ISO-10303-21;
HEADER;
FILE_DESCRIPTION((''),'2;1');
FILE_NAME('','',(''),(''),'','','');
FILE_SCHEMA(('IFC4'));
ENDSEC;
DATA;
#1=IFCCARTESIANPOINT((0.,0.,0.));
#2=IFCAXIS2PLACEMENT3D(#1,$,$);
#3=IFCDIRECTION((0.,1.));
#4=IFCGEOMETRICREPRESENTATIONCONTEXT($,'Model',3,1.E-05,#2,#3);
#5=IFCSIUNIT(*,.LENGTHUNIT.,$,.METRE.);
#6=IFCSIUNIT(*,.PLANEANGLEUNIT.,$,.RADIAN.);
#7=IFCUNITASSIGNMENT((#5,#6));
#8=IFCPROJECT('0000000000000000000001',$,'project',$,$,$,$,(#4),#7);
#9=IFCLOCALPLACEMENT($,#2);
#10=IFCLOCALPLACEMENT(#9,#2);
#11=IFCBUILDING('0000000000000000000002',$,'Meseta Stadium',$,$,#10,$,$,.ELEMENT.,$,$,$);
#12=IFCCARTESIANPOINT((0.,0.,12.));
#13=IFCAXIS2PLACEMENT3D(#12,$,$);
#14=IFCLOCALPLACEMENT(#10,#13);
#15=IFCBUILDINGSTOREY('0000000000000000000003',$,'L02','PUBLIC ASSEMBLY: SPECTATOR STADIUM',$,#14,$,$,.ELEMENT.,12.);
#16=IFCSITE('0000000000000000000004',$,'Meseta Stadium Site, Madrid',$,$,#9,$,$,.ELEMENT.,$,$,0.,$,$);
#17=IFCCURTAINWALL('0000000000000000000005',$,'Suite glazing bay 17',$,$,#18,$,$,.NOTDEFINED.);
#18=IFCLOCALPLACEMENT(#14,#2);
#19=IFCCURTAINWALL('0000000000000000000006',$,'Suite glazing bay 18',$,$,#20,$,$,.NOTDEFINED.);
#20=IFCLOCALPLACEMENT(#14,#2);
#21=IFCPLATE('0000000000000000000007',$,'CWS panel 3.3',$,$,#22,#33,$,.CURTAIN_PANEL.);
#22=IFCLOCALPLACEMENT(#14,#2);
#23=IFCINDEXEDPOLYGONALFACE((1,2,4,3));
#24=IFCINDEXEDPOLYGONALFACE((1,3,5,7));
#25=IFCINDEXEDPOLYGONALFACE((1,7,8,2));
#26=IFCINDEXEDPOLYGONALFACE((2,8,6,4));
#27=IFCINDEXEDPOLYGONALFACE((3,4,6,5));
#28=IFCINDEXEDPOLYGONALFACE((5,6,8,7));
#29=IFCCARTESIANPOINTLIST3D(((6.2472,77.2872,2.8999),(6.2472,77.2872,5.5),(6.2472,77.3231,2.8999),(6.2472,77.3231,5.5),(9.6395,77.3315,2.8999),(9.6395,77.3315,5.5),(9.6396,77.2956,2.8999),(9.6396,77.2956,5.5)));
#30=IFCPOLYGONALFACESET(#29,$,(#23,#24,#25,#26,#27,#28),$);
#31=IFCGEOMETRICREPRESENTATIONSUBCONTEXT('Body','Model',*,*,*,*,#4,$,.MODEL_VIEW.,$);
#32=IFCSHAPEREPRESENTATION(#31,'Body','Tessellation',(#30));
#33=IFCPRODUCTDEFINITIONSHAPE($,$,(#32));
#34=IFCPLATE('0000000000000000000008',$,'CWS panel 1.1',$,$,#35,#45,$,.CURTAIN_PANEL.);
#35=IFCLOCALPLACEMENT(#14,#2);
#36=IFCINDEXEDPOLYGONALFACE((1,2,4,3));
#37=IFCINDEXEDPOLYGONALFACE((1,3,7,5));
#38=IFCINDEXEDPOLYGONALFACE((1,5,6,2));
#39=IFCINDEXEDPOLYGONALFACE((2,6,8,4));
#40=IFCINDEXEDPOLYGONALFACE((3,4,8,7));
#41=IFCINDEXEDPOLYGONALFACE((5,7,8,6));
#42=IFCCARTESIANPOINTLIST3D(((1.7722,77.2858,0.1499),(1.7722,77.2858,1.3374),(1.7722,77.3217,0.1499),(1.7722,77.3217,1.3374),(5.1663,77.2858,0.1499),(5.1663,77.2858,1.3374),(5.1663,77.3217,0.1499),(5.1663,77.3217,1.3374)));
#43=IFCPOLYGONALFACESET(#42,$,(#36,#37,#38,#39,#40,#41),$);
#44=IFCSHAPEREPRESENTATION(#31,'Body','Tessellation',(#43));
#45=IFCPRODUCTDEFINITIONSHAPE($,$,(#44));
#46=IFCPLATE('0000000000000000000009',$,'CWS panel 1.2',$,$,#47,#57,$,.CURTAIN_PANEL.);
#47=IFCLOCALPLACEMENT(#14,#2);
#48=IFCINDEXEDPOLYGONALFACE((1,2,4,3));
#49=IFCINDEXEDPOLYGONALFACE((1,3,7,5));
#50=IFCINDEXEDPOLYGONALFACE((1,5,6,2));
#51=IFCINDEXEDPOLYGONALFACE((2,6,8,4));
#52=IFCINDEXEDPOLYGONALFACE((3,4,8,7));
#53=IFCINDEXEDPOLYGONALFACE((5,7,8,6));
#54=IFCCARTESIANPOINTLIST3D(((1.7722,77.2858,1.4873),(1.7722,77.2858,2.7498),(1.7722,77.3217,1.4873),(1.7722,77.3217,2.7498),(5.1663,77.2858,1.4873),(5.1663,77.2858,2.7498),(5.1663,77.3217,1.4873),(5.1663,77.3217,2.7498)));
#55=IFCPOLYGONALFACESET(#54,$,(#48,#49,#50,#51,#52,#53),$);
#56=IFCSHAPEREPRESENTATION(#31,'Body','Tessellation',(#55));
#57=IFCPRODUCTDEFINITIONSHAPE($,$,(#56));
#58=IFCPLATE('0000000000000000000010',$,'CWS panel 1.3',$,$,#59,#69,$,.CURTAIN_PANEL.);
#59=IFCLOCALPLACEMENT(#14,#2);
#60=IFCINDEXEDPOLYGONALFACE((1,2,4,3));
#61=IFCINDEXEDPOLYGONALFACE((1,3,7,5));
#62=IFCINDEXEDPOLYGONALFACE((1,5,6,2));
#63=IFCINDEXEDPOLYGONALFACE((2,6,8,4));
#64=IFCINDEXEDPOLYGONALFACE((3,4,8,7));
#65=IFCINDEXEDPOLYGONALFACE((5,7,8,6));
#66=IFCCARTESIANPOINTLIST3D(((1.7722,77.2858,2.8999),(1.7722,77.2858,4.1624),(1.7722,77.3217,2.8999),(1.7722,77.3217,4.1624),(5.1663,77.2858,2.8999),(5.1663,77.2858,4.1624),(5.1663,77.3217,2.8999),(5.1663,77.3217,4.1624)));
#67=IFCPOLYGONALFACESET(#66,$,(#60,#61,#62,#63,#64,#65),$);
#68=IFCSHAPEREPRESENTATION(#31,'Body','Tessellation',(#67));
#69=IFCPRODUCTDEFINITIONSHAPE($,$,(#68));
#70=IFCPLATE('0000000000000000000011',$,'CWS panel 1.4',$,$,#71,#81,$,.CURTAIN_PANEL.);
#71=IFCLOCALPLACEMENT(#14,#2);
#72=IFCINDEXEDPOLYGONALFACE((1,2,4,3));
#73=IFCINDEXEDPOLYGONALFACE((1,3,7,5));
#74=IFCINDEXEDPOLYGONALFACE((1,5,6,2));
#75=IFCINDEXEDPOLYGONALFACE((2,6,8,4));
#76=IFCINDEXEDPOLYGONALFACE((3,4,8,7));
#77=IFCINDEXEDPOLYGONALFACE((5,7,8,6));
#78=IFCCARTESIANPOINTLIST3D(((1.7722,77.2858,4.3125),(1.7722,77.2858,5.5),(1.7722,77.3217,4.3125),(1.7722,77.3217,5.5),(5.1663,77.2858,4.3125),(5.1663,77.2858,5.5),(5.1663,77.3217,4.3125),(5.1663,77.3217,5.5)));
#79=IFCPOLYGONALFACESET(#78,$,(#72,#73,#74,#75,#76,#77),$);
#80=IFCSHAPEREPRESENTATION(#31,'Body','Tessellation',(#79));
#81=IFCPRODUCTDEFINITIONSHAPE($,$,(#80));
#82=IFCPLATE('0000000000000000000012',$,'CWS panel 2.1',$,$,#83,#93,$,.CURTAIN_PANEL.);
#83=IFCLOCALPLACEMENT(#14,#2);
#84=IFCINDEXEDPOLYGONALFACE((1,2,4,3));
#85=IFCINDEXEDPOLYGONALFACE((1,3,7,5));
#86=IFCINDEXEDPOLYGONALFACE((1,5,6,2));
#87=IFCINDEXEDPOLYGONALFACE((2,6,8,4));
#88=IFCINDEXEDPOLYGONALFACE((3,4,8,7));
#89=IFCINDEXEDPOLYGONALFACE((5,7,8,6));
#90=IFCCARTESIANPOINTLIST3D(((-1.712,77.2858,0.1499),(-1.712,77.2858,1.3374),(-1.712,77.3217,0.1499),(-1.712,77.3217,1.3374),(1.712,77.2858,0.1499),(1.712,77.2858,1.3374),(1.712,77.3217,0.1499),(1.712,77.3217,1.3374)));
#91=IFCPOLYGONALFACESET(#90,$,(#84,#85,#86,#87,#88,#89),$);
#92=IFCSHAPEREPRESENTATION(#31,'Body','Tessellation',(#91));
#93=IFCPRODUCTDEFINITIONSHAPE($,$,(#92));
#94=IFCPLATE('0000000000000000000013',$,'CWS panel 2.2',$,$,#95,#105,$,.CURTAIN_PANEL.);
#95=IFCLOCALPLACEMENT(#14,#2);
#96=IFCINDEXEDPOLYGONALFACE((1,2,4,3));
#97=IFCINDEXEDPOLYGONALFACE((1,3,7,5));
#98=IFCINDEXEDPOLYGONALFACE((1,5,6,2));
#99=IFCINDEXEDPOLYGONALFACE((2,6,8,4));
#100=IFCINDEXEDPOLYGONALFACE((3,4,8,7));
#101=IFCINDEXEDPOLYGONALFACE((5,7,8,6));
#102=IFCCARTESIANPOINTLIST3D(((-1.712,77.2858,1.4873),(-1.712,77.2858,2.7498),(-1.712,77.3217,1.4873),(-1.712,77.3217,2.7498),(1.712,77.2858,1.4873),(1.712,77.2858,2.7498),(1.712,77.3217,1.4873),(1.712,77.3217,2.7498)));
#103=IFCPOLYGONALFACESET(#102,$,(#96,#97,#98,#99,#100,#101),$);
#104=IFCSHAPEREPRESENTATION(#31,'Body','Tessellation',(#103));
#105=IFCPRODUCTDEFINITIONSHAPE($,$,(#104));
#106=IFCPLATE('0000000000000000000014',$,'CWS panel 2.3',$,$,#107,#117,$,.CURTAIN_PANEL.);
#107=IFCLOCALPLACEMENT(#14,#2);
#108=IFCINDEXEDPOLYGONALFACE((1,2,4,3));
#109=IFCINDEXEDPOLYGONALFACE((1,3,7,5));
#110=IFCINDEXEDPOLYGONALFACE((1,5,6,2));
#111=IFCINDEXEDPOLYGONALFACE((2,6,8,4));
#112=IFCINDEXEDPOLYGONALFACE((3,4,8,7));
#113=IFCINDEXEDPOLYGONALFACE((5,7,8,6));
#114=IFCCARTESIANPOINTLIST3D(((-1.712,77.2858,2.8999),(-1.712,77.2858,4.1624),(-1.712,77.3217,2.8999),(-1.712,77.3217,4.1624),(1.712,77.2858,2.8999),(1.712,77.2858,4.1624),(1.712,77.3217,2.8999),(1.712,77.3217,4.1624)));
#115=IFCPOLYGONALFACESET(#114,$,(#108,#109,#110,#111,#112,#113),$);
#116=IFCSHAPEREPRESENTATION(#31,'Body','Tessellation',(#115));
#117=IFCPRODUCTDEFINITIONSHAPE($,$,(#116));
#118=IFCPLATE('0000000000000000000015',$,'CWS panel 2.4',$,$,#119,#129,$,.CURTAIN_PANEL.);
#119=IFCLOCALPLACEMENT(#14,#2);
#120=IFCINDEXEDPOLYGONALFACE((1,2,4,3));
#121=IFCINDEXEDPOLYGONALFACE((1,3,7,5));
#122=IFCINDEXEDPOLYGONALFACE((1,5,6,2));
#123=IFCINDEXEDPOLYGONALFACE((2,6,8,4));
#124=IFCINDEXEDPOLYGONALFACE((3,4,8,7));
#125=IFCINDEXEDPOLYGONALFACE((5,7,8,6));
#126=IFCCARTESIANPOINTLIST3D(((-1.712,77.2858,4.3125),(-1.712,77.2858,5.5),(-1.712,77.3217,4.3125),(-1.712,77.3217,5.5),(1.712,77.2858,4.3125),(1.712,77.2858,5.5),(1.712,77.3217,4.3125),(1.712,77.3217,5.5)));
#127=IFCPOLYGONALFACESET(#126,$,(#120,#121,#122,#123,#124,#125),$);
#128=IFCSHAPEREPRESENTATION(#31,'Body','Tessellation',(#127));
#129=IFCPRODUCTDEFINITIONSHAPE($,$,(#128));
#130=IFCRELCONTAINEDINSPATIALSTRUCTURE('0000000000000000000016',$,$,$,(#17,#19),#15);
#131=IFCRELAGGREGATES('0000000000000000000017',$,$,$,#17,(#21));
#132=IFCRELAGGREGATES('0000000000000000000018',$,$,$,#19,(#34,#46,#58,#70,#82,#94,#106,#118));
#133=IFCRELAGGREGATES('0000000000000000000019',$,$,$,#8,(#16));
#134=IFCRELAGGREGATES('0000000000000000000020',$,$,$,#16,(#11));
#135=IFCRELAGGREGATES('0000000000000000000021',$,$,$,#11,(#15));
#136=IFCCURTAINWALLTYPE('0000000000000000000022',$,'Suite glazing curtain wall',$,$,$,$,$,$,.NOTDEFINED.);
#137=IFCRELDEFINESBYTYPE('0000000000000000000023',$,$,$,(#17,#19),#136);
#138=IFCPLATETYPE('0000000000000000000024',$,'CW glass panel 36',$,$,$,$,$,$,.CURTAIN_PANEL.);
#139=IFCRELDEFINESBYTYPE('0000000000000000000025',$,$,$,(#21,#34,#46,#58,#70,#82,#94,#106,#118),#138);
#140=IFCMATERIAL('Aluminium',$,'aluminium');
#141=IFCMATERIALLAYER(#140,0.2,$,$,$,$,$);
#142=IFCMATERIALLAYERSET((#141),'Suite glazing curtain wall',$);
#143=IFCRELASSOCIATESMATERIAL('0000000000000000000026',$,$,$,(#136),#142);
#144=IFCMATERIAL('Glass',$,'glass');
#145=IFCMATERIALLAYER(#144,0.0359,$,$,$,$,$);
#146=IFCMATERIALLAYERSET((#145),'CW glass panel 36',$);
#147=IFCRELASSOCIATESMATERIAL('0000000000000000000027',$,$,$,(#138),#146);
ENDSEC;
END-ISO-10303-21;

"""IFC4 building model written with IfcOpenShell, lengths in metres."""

from ifc_helpers import new_model, si_unit, direction, frame, origin, origin_2d, place, context, subcontext, project, spatial, rectangle, extrude, material, layer, layer_set, type_object, element, aggregate, save


model = new_model("IFC4")

# Units and contexts
model_context = context("Model", 3, precision=1e-05, world=origin(), true_north=direction((0.0, 1.0)))
body_context = subcontext(model_context, "Body", "Model", "MODEL_VIEW")
ifc_project = project(units=[si_unit("LENGTHUNIT", "METRE"), si_unit("PLANEANGLEUNIT", "RADIAN")], contexts=[model_context])

# Site, building, storey
site_placement = place(None, origin())
site = spatial("IfcSite", under=ifc_project, at=site_placement, Name="Meseta Stadium Site, Madrid", CompositionType="ELEMENT", RefElevation=0.0)
building_placement = place(site_placement, origin())
building = spatial("IfcBuilding", under=site, at=building_placement, Name="Meseta Stadium", CompositionType="ELEMENT")
storey_placement = place(building_placement, frame((0.0, 0.0, 12.0)))
storey = spatial("IfcBuildingStorey", under=building, at=storey_placement, Name="L02", Description="PUBLIC ASSEMBLY: SPECTATOR STADIUM", CompositionType="ELEMENT", Elevation=12.0)

# Curtain wall
ifc_material_1 = material(Name="Aluminium", Category="aluminium")
ifc_layer_1 = layer(ifc_material_1, 0.2)
ifc_layer_set_1 = layer_set([ifc_layer_1], Name="Suite glazing curtain wall")
curtain_wall_type = type_object("IfcCurtainWallType", Name="Suite glazing curtain wall", PredefinedType="NOTDEFINED", material=ifc_layer_set_1)
curtain_wall_1_placement = place(storey_placement, origin())
curtain_wall_1 = element("IfcCurtainWall", 1, at=curtain_wall_1_placement, inside=storey, type_object=curtain_wall_type, Name="Suite glazing bay 17", PredefinedType="NOTDEFINED")

# Curtain wall
curtain_wall_2_placement = place(storey_placement, origin())
curtain_wall_2 = element("IfcCurtainWall", 2, at=curtain_wall_2_placement, inside=storey, type_object=curtain_wall_type, Name="Suite glazing bay 18", PredefinedType="NOTDEFINED")

# Plates
ifc_material_2 = material(Name="Glass", Category="glass")
ifc_layer_2 = layer(ifc_material_2, 0.0359)
ifc_layer_set_2 = layer_set([ifc_layer_2], Name="CW glass panel 36")
plate_type = type_object("IfcPlateType", Name="CW glass panel 36", PredefinedType="CURTAIN_PANEL", material=ifc_layer_set_2)
plate_1_placement = place(storey_placement, frame((7.9434, 77.3093, 2.8999), z_axis=(0.0, 0.0, 1.0), x_axis=(-0.999997, -0.002486, 0.0)))
plate_1 = element("IfcPlate", 3, at=plate_1_placement, type_object=plate_type, Name="CWS panel 3.3", PredefinedType="CURTAIN_PANEL", context=body_context, shape_type="SweptSolid", body=[
    extrude(rectangle(XDim=3.3923, YDim=0.0359, at=origin_2d()), origin(), (0.0, 0.0, 1.0), 2.6001),
])
aggregate(curtain_wall_1, [plate_1])
plate_2_placement = place(storey_placement, frame((3.4692, 77.3037, 0.1499), z_axis=(0.0, 0.0, 1.0), x_axis=(-1.0, 0.0, 0.0)))
plate_2 = element("IfcPlate", 4, at=plate_2_placement, type_object=plate_type, Name="CWS panel 1.1", PredefinedType="CURTAIN_PANEL", context=body_context, shape_type="SweptSolid", body=[
    extrude(rectangle(XDim=3.394, YDim=0.0359, at=origin_2d()), origin(), (0.0, 0.0, 1.0), 1.1875),
])
plate_3_placement = place(storey_placement, frame((3.4692, 77.3037, 1.4873), z_axis=(0.0, 0.0, 1.0), x_axis=(-1.0, 0.0, 0.0)))
plate_3 = element("IfcPlate", 5, at=plate_3_placement, type_object=plate_type, Name="CWS panel 1.2", PredefinedType="CURTAIN_PANEL", context=body_context, shape_type="SweptSolid", body=[
    extrude(rectangle(XDim=3.394, YDim=0.0359, at=origin_2d()), origin(), (0.0, 0.0, 1.0), 1.2625),
])
plate_4_placement = place(storey_placement, frame((3.4692, 77.3037, 2.8999), z_axis=(0.0, 0.0, 1.0), x_axis=(-1.0, 0.0, 0.0)))
plate_4 = element("IfcPlate", 6, at=plate_4_placement, type_object=plate_type, Name="CWS panel 1.3", PredefinedType="CURTAIN_PANEL", context=body_context, shape_type="SweptSolid", body=[
    extrude(rectangle(XDim=3.394, YDim=0.0359, at=origin_2d()), origin(), (0.0, 0.0, 1.0), 1.2625),
])
plate_5_placement = place(storey_placement, frame((3.4692, 77.3037, 4.3125), z_axis=(0.0, 0.0, 1.0), x_axis=(-1.0, 0.0, 0.0)))
plate_5 = element("IfcPlate", 7, at=plate_5_placement, type_object=plate_type, Name="CWS panel 1.4", PredefinedType="CURTAIN_PANEL", context=body_context, shape_type="SweptSolid", body=[
    extrude(rectangle(XDim=3.394, YDim=0.0359, at=origin_2d()), origin(), (0.0, 0.0, 1.0), 1.1875),
])
plate_6_placement = place(storey_placement, frame((0.0, 77.3037, 0.1499), z_axis=(0.0, 0.0, 1.0), x_axis=(-1.0, 0.0, 0.0)))
plate_6 = element("IfcPlate", 8, at=plate_6_placement, type_object=plate_type, Name="CWS panel 2.1", PredefinedType="CURTAIN_PANEL", context=body_context, shape_type="SweptSolid", body=[
    extrude(rectangle(XDim=3.4241, YDim=0.0359, at=origin_2d()), origin(), (0.0, 0.0, 1.0), 1.1875),
])
plate_7_placement = place(storey_placement, frame((0.0, 77.3037, 1.4873), z_axis=(0.0, 0.0, 1.0), x_axis=(-1.0, 0.0, 0.0)))
plate_7 = element("IfcPlate", 9, at=plate_7_placement, type_object=plate_type, Name="CWS panel 2.2", PredefinedType="CURTAIN_PANEL", context=body_context, shape_type="SweptSolid", body=[
    extrude(rectangle(XDim=3.4241, YDim=0.0359, at=origin_2d()), origin(), (0.0, 0.0, 1.0), 1.2625),
])
plate_8_placement = place(storey_placement, frame((0.0, 77.3037, 2.8999), z_axis=(0.0, 0.0, 1.0), x_axis=(-1.0, 0.0, 0.0)))
plate_8 = element("IfcPlate", 10, at=plate_8_placement, type_object=plate_type, Name="CWS panel 2.3", PredefinedType="CURTAIN_PANEL", context=body_context, shape_type="SweptSolid", body=[
    extrude(rectangle(XDim=3.4241, YDim=0.0359, at=origin_2d()), origin(), (0.0, 0.0, 1.0), 1.2625),
])
plate_9_placement = place(storey_placement, frame((0.0, 77.3037, 4.3125), z_axis=(0.0, 0.0, 1.0), x_axis=(-1.0, 0.0, 0.0)))
plate_9 = element("IfcPlate", 11, at=plate_9_placement, type_object=plate_type, Name="CWS panel 2.4", PredefinedType="CURTAIN_PANEL", context=body_context, shape_type="SweptSolid", body=[
    extrude(rectangle(XDim=3.4241, YDim=0.0359, at=origin_2d()), origin(), (0.0, 0.0, 1.0), 1.1875),
])
aggregate(curtain_wall_2, [plate_2, plate_3, plate_4, plate_5, plate_6, plate_7, plate_8, plate_9])

save(model, "model.ifc")
